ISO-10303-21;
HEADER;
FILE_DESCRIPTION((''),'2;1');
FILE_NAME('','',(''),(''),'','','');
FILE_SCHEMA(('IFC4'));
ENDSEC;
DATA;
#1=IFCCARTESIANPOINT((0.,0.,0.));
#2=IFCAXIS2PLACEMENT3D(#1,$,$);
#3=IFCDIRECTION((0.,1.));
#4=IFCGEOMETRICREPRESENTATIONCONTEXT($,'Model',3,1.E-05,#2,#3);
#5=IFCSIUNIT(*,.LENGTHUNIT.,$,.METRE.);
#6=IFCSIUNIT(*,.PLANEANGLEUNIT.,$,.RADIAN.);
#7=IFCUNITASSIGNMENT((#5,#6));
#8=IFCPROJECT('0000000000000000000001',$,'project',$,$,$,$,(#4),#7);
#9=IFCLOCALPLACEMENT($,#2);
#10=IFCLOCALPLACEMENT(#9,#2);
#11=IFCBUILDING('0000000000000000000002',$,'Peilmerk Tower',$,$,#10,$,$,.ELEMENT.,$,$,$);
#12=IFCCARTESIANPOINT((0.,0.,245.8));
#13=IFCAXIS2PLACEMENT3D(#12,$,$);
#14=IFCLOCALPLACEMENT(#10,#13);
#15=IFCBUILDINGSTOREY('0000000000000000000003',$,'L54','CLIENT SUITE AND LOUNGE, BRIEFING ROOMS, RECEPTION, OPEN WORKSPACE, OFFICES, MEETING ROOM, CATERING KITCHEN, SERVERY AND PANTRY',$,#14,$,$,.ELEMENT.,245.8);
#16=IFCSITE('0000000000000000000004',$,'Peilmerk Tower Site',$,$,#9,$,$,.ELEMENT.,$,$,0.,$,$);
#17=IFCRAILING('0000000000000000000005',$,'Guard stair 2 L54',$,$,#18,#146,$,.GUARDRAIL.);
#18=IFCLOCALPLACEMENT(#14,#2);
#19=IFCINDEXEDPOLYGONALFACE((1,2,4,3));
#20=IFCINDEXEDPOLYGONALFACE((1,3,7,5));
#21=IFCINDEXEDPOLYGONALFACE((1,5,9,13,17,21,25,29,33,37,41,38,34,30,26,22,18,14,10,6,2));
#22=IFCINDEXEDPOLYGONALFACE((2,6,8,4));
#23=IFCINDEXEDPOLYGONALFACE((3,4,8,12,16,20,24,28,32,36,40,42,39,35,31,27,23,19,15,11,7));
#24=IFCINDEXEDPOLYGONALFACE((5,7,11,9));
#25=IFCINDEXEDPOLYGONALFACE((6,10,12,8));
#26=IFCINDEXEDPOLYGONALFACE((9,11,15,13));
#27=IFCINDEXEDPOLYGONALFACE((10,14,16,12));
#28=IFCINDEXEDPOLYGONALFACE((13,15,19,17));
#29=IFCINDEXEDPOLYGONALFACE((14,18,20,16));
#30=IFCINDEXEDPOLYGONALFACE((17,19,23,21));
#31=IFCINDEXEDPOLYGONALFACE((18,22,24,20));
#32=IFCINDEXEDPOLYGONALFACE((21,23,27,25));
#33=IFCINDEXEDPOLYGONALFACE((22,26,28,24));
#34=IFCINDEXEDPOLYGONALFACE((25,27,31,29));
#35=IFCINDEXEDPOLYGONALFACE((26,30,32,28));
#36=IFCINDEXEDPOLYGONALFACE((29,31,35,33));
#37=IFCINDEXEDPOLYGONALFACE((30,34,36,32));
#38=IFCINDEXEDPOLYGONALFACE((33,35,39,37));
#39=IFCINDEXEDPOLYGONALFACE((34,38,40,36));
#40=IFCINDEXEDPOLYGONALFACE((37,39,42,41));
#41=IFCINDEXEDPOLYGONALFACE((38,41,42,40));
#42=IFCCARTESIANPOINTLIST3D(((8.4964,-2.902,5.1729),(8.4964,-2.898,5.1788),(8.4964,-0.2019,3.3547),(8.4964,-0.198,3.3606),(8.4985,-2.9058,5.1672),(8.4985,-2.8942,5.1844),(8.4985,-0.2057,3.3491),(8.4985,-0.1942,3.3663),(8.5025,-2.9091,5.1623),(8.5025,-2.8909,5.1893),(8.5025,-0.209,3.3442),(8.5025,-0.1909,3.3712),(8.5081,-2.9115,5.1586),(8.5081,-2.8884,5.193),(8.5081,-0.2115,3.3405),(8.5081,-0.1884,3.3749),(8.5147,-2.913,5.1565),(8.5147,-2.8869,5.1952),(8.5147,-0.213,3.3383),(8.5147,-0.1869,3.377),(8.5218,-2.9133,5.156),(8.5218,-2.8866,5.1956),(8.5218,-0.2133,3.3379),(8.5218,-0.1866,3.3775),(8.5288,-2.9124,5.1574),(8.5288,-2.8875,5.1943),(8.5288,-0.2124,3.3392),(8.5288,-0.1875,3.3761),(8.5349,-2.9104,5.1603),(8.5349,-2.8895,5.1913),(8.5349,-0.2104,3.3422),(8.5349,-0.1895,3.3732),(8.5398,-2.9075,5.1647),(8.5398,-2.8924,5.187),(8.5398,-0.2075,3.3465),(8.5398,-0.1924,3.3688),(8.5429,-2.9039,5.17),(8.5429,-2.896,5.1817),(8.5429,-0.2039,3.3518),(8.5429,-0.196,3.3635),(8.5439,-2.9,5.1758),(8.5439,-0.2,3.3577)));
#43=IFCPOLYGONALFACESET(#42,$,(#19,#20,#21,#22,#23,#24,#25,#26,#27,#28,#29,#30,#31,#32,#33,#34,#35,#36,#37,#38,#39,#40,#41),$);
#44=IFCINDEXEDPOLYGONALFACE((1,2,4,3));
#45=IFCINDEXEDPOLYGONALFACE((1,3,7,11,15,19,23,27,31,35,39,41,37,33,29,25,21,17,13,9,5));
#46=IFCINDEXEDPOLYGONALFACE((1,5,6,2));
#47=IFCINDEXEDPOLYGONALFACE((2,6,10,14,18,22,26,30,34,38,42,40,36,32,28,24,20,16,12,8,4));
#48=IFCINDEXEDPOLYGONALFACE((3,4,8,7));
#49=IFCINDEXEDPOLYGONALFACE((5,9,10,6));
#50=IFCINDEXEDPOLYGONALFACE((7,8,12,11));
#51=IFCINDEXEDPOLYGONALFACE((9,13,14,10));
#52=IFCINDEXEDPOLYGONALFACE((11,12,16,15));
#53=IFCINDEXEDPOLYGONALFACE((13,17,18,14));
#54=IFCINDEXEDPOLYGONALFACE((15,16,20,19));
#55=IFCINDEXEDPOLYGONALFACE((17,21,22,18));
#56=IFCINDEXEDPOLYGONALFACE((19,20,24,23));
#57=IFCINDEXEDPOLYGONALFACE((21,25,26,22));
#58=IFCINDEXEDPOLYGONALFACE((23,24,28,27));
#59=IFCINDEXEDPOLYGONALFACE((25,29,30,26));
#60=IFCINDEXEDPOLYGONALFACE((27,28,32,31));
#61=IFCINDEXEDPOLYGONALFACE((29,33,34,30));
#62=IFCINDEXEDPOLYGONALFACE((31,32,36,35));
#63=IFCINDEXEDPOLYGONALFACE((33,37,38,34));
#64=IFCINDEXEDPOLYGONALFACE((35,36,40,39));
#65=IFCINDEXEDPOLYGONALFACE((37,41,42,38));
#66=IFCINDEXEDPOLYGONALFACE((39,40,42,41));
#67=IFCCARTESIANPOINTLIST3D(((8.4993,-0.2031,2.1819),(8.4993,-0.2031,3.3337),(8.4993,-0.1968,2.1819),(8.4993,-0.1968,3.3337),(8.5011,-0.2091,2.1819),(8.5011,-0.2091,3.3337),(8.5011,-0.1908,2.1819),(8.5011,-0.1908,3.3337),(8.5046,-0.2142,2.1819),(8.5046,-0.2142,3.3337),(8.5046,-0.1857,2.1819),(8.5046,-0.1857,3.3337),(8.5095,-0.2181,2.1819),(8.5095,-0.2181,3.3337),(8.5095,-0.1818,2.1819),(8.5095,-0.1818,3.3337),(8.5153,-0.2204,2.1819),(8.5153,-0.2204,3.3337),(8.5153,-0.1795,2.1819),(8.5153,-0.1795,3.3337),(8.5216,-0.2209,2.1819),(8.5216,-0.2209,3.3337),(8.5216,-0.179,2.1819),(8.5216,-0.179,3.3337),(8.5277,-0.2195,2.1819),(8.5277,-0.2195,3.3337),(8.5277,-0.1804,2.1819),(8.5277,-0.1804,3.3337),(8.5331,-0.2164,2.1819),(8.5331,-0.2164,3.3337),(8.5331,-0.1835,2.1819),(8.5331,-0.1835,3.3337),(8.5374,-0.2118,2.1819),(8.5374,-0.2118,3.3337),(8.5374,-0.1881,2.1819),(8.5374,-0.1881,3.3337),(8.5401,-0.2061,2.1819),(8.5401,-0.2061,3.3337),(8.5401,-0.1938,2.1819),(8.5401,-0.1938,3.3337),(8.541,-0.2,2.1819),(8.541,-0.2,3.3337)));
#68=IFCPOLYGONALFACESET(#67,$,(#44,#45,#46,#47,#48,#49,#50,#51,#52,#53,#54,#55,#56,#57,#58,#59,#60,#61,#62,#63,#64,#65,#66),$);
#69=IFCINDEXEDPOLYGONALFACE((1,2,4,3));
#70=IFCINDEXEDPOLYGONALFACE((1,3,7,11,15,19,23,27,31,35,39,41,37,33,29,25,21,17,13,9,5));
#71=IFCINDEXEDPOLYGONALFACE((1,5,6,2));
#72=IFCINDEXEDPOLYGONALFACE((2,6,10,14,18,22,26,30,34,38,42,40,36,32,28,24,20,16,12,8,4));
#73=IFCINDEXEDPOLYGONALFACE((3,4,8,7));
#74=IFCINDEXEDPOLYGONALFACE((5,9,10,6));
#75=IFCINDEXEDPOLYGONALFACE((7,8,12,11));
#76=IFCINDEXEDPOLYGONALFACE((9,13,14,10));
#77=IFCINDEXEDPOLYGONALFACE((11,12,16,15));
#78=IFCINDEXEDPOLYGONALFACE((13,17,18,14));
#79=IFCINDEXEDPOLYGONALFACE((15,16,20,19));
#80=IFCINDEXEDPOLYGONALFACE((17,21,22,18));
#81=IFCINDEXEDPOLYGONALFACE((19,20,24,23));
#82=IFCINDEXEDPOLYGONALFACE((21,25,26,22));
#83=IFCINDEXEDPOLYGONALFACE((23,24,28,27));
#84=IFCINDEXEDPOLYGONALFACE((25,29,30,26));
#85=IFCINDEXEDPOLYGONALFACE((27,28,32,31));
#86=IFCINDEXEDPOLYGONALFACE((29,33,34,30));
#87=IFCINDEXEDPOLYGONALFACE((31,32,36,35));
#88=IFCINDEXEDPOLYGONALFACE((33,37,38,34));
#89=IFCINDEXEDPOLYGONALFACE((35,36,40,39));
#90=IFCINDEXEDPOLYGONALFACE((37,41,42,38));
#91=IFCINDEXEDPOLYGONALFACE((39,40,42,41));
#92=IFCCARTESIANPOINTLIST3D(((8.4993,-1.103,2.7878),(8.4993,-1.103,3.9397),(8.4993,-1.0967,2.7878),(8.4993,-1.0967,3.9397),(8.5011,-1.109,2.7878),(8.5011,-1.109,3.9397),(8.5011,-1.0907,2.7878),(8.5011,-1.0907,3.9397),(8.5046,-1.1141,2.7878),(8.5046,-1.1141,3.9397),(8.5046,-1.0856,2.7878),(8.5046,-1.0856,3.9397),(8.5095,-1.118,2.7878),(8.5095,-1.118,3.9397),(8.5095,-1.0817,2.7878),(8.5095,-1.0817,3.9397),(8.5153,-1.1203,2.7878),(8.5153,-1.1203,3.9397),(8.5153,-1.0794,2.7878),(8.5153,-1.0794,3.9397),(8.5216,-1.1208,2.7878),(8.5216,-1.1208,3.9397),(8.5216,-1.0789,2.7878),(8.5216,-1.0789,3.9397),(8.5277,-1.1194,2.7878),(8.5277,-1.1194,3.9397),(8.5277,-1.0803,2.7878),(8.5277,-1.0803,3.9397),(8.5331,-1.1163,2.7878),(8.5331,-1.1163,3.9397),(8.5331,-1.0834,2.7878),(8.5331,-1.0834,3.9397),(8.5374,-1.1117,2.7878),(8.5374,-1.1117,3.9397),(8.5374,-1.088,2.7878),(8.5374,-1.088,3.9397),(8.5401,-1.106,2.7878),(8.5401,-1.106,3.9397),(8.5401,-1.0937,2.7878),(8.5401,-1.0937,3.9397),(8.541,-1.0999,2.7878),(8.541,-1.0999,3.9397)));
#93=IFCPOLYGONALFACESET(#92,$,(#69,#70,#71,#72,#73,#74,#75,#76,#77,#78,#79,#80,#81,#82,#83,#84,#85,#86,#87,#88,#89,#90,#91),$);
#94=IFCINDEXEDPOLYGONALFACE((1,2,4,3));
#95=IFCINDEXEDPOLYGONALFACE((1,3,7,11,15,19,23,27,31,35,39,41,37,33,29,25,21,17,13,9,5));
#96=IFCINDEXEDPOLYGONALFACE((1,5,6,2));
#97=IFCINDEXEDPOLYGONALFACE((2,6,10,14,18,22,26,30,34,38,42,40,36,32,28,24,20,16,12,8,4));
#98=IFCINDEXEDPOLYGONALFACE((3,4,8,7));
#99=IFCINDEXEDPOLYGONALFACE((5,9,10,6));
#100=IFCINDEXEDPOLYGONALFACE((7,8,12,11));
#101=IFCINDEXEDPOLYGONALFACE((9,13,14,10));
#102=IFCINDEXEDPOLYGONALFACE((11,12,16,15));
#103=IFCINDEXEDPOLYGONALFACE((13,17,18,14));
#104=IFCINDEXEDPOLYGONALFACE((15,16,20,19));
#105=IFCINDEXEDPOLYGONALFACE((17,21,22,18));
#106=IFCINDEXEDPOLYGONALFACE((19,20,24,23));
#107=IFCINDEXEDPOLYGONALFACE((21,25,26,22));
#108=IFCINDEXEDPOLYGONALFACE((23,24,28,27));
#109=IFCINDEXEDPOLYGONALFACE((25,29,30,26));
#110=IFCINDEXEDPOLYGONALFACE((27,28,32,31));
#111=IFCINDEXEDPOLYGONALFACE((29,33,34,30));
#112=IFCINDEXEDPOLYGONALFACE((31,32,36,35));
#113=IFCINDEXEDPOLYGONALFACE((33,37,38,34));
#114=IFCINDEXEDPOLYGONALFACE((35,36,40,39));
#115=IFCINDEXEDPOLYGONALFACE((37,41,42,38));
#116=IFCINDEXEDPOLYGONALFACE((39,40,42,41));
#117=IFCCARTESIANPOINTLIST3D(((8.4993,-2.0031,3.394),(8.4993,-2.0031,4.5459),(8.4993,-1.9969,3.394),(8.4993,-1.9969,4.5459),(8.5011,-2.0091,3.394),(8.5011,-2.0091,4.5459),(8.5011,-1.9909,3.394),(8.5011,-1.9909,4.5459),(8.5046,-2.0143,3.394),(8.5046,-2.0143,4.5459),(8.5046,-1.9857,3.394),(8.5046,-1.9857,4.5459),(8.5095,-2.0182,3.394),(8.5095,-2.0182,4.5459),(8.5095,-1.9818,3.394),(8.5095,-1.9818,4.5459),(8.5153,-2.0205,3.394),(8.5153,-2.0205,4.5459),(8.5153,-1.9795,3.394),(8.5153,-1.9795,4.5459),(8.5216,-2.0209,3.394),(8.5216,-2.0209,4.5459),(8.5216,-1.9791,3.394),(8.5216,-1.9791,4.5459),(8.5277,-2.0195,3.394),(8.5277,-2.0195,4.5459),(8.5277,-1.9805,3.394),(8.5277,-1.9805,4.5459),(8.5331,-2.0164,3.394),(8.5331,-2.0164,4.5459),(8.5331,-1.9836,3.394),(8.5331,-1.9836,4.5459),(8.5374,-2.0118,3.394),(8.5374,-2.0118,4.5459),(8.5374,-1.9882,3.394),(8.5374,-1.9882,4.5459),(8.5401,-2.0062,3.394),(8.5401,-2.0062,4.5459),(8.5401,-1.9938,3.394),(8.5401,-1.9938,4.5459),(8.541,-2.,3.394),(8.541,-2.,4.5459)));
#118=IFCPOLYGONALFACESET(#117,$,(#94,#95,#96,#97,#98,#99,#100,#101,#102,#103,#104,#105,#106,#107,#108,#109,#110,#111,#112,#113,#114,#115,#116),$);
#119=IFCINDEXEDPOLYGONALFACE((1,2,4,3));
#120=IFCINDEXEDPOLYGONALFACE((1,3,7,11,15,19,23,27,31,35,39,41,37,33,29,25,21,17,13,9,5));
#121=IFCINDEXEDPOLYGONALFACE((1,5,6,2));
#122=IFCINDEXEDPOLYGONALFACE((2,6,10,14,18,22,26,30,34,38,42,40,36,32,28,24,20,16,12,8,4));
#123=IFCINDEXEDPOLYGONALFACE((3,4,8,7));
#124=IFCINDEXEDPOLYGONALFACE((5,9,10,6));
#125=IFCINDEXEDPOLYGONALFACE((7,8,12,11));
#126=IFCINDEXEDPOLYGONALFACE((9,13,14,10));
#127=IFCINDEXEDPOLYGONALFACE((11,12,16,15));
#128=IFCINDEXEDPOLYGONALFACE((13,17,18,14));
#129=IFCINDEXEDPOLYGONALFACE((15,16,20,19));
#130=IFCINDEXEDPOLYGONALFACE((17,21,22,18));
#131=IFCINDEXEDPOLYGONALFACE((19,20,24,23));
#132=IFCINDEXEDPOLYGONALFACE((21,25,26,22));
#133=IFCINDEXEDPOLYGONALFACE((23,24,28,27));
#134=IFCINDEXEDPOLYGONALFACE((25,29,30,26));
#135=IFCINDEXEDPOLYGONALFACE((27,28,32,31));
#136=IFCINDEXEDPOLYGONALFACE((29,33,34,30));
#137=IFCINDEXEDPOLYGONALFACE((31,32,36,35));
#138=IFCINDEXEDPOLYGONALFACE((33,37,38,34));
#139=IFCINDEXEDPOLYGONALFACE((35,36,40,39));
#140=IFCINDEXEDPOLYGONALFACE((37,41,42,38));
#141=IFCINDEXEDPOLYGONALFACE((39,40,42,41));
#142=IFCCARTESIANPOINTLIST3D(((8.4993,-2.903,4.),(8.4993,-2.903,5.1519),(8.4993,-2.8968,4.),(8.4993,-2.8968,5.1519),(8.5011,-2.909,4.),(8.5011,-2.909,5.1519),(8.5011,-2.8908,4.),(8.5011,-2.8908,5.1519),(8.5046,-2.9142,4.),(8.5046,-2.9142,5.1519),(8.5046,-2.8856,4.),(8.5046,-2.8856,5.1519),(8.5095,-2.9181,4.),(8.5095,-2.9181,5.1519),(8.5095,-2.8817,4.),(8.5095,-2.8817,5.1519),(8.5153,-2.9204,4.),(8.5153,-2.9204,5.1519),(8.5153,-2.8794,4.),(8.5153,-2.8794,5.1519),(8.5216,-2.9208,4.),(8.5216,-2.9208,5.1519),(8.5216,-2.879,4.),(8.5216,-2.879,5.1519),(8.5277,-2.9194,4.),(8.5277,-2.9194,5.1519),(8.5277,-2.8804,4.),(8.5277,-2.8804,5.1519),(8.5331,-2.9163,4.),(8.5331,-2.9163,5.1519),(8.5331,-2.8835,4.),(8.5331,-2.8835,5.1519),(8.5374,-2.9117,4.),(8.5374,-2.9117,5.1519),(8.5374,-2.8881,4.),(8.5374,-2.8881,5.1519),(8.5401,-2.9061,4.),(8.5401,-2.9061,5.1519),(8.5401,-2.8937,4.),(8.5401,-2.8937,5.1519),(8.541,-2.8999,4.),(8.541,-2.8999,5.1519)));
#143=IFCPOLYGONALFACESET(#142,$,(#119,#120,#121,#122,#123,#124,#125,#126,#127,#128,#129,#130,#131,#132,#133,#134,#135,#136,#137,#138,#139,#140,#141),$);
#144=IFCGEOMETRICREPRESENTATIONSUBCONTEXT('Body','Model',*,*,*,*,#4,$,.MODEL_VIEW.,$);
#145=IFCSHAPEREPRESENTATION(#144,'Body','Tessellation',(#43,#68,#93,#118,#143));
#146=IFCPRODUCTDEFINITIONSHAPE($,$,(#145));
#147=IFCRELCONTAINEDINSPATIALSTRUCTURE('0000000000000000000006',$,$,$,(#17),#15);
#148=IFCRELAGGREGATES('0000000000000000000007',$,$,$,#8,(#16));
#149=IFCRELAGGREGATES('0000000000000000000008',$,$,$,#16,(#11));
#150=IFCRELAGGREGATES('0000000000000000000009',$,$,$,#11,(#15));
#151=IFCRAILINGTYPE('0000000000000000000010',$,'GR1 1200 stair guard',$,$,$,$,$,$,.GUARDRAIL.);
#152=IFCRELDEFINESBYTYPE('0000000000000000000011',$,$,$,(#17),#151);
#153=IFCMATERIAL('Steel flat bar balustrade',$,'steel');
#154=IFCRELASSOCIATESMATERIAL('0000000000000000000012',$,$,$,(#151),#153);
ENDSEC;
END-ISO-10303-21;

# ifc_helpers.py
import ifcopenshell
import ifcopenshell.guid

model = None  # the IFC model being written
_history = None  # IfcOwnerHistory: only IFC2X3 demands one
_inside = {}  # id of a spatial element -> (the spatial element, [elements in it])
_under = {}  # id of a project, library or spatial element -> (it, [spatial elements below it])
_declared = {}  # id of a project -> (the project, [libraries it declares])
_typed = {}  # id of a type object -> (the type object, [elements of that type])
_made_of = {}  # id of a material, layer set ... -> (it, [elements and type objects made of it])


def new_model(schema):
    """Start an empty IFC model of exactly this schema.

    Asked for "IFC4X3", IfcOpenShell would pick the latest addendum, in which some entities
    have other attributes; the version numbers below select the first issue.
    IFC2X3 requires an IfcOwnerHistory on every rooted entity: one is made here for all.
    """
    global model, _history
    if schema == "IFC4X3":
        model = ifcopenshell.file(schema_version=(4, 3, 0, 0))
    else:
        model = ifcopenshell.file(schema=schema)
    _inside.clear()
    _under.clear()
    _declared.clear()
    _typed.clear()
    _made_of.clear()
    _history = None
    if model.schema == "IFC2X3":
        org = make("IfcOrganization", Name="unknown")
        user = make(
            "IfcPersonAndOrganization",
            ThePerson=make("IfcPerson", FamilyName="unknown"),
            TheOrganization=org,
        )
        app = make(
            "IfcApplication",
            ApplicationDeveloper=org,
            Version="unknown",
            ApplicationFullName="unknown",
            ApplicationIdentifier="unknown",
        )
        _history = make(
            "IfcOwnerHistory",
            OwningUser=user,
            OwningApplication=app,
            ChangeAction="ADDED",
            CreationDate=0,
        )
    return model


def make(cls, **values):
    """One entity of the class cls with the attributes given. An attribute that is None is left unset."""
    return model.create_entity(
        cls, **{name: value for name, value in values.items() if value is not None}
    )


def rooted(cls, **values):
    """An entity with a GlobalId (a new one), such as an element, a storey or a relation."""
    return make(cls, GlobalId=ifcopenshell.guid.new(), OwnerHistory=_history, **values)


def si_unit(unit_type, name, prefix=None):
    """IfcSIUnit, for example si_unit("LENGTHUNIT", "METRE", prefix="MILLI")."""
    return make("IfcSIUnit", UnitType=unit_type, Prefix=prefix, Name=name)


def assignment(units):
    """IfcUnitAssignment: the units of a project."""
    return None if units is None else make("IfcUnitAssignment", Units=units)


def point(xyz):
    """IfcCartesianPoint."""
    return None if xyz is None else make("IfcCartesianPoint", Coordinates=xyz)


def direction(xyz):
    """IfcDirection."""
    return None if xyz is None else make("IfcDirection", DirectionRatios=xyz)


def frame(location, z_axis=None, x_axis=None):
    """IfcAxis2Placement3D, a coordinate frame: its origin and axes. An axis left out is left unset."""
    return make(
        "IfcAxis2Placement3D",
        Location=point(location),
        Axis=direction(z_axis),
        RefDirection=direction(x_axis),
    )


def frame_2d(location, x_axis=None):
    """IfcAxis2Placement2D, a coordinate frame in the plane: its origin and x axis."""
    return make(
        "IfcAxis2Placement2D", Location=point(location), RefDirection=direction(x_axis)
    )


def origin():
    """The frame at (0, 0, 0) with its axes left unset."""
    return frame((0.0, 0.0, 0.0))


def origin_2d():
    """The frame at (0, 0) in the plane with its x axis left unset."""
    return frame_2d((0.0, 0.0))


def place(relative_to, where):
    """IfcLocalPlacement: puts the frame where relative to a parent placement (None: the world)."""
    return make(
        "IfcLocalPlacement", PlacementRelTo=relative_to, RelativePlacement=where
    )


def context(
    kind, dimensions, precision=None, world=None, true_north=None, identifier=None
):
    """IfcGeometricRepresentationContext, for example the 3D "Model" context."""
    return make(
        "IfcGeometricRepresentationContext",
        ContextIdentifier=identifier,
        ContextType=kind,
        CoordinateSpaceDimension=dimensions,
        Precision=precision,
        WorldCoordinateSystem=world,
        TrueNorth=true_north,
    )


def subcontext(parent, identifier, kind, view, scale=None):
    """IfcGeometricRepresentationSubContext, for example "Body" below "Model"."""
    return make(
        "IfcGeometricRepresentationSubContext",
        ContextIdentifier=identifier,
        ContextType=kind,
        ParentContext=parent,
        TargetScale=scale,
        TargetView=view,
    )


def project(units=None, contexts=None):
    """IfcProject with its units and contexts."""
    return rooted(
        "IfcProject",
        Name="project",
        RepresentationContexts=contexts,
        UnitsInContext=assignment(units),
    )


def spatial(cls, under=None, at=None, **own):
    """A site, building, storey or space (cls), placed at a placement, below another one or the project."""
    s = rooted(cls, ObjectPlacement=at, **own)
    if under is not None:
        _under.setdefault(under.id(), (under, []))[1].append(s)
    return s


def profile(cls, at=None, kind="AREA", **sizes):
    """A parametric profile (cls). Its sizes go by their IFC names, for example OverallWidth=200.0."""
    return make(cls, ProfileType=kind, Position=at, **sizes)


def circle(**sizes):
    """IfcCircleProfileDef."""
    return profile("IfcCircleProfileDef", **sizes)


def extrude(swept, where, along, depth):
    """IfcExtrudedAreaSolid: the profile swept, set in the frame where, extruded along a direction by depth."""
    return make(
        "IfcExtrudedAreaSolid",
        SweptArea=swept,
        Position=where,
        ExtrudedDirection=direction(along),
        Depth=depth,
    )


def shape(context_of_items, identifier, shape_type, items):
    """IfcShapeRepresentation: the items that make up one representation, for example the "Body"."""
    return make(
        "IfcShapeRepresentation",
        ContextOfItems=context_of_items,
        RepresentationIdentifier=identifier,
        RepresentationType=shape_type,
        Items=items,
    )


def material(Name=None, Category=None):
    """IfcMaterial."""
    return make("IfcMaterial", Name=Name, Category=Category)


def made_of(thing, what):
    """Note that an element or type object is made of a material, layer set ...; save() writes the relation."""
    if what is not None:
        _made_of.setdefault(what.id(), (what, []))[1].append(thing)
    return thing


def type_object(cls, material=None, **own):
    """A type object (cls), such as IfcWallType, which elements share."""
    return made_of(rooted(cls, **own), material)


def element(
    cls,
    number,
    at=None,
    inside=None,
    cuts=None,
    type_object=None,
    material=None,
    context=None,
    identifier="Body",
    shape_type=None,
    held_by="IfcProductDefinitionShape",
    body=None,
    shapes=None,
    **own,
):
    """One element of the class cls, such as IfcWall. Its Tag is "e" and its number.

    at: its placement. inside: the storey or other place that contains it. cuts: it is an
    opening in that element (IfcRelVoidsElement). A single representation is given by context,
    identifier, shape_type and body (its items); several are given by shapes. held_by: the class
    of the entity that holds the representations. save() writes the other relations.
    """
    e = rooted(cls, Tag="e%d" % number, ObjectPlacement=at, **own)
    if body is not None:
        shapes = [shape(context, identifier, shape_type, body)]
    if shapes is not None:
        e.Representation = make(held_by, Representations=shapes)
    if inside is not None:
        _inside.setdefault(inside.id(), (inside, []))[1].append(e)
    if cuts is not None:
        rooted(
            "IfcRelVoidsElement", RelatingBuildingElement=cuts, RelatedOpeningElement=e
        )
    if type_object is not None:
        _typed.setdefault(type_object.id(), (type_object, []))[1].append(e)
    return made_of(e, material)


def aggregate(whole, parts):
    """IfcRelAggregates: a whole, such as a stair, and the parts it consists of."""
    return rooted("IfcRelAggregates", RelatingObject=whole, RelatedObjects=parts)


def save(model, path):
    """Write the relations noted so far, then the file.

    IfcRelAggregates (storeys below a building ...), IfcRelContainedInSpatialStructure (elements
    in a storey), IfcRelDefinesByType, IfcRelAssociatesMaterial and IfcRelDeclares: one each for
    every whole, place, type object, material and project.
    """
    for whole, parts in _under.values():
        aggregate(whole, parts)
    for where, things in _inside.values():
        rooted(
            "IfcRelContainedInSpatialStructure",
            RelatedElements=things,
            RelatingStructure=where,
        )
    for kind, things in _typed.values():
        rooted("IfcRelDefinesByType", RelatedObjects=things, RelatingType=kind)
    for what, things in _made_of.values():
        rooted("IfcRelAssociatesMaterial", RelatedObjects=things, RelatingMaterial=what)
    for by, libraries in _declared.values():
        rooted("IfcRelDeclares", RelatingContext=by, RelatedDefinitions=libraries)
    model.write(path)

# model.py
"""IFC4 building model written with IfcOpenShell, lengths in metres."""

from ifc_helpers import new_model, si_unit, direction, frame, origin, origin_2d, place, context, subcontext, project, spatial, circle, extrude, material, type_object, element, save


model = new_model("IFC4")

# Units and contexts
model_context = context("Model", 3, precision=1e-05, world=origin(), true_north=direction((0.0, 1.0)))
body_context = subcontext(model_context, "Body", "Model", "MODEL_VIEW")
ifc_project = project(units=[si_unit("LENGTHUNIT", "METRE"), si_unit("PLANEANGLEUNIT", "RADIAN")], contexts=[model_context])

# Site, building, storey
site_placement = place(None, origin())
site = spatial("IfcSite", under=ifc_project, at=site_placement, Name="Peilmerk Tower Site", CompositionType="ELEMENT", RefElevation=0.0)
building_placement = place(site_placement, origin())
building = spatial("IfcBuilding", under=site, at=building_placement, Name="Peilmerk Tower", CompositionType="ELEMENT")
storey_placement = place(building_placement, frame((0.0, 0.0, 245.8)))
storey = spatial("IfcBuildingStorey", under=building, at=storey_placement, Name="L54", Description="CLIENT SUITE AND LOUNGE, BRIEFING ROOMS, RECEPTION, OPEN WORKSPACE, OFFICES, MEETING ROOM, CATERING KITCHEN, SERVERY AND PANTRY", CompositionType="ELEMENT", Elevation=245.8)

# Railing
ifc_material_1 = material(Name="Steel flat bar balustrade", Category="steel")
railing_type_1 = type_object("IfcRailingType", Name="GR1 1200 stair guard", PredefinedType="GUARDRAIL", material=ifc_material_1)
railing_1_placement = place(storey_placement, frame((8.52, -0.2, 2.1819)))
element("IfcRailing", 1, at=railing_1_placement, inside=storey, type_object=railing_type_1, Name="Guard stair 2 L54", PredefinedType="GUARDRAIL", context=body_context, shape_type="SweptSolid", body=[
    extrude(circle(Radius=0.0239, at=origin_2d()), frame((0.0, 0.0, 1.1758), z_axis=(0.0, -0.829468, 0.558554), x_axis=(1.0, 0.0, 0.0)), (0.0, 0.0, 1.0), 3.2551),
    extrude(circle(Radius=0.021, at=origin_2d()), origin(), (0.0, 0.0, 1.0), 1.1519),
    extrude(circle(Radius=0.021, at=origin_2d()), frame((0.0, -0.8999, 0.606)), (0.0, 0.0, 1.0), 1.1519),
    extrude(circle(Radius=0.021, at=origin_2d()), frame((0.0, -1.8, 1.2122)), (0.0, 0.0, 1.0), 1.1519),
    extrude(circle(Radius=0.021, at=origin_2d()), frame((0.0, -2.7, 1.8181)), (0.0, 0.0, 1.0), 1.1519),
])

save(model, "model.ifc")
